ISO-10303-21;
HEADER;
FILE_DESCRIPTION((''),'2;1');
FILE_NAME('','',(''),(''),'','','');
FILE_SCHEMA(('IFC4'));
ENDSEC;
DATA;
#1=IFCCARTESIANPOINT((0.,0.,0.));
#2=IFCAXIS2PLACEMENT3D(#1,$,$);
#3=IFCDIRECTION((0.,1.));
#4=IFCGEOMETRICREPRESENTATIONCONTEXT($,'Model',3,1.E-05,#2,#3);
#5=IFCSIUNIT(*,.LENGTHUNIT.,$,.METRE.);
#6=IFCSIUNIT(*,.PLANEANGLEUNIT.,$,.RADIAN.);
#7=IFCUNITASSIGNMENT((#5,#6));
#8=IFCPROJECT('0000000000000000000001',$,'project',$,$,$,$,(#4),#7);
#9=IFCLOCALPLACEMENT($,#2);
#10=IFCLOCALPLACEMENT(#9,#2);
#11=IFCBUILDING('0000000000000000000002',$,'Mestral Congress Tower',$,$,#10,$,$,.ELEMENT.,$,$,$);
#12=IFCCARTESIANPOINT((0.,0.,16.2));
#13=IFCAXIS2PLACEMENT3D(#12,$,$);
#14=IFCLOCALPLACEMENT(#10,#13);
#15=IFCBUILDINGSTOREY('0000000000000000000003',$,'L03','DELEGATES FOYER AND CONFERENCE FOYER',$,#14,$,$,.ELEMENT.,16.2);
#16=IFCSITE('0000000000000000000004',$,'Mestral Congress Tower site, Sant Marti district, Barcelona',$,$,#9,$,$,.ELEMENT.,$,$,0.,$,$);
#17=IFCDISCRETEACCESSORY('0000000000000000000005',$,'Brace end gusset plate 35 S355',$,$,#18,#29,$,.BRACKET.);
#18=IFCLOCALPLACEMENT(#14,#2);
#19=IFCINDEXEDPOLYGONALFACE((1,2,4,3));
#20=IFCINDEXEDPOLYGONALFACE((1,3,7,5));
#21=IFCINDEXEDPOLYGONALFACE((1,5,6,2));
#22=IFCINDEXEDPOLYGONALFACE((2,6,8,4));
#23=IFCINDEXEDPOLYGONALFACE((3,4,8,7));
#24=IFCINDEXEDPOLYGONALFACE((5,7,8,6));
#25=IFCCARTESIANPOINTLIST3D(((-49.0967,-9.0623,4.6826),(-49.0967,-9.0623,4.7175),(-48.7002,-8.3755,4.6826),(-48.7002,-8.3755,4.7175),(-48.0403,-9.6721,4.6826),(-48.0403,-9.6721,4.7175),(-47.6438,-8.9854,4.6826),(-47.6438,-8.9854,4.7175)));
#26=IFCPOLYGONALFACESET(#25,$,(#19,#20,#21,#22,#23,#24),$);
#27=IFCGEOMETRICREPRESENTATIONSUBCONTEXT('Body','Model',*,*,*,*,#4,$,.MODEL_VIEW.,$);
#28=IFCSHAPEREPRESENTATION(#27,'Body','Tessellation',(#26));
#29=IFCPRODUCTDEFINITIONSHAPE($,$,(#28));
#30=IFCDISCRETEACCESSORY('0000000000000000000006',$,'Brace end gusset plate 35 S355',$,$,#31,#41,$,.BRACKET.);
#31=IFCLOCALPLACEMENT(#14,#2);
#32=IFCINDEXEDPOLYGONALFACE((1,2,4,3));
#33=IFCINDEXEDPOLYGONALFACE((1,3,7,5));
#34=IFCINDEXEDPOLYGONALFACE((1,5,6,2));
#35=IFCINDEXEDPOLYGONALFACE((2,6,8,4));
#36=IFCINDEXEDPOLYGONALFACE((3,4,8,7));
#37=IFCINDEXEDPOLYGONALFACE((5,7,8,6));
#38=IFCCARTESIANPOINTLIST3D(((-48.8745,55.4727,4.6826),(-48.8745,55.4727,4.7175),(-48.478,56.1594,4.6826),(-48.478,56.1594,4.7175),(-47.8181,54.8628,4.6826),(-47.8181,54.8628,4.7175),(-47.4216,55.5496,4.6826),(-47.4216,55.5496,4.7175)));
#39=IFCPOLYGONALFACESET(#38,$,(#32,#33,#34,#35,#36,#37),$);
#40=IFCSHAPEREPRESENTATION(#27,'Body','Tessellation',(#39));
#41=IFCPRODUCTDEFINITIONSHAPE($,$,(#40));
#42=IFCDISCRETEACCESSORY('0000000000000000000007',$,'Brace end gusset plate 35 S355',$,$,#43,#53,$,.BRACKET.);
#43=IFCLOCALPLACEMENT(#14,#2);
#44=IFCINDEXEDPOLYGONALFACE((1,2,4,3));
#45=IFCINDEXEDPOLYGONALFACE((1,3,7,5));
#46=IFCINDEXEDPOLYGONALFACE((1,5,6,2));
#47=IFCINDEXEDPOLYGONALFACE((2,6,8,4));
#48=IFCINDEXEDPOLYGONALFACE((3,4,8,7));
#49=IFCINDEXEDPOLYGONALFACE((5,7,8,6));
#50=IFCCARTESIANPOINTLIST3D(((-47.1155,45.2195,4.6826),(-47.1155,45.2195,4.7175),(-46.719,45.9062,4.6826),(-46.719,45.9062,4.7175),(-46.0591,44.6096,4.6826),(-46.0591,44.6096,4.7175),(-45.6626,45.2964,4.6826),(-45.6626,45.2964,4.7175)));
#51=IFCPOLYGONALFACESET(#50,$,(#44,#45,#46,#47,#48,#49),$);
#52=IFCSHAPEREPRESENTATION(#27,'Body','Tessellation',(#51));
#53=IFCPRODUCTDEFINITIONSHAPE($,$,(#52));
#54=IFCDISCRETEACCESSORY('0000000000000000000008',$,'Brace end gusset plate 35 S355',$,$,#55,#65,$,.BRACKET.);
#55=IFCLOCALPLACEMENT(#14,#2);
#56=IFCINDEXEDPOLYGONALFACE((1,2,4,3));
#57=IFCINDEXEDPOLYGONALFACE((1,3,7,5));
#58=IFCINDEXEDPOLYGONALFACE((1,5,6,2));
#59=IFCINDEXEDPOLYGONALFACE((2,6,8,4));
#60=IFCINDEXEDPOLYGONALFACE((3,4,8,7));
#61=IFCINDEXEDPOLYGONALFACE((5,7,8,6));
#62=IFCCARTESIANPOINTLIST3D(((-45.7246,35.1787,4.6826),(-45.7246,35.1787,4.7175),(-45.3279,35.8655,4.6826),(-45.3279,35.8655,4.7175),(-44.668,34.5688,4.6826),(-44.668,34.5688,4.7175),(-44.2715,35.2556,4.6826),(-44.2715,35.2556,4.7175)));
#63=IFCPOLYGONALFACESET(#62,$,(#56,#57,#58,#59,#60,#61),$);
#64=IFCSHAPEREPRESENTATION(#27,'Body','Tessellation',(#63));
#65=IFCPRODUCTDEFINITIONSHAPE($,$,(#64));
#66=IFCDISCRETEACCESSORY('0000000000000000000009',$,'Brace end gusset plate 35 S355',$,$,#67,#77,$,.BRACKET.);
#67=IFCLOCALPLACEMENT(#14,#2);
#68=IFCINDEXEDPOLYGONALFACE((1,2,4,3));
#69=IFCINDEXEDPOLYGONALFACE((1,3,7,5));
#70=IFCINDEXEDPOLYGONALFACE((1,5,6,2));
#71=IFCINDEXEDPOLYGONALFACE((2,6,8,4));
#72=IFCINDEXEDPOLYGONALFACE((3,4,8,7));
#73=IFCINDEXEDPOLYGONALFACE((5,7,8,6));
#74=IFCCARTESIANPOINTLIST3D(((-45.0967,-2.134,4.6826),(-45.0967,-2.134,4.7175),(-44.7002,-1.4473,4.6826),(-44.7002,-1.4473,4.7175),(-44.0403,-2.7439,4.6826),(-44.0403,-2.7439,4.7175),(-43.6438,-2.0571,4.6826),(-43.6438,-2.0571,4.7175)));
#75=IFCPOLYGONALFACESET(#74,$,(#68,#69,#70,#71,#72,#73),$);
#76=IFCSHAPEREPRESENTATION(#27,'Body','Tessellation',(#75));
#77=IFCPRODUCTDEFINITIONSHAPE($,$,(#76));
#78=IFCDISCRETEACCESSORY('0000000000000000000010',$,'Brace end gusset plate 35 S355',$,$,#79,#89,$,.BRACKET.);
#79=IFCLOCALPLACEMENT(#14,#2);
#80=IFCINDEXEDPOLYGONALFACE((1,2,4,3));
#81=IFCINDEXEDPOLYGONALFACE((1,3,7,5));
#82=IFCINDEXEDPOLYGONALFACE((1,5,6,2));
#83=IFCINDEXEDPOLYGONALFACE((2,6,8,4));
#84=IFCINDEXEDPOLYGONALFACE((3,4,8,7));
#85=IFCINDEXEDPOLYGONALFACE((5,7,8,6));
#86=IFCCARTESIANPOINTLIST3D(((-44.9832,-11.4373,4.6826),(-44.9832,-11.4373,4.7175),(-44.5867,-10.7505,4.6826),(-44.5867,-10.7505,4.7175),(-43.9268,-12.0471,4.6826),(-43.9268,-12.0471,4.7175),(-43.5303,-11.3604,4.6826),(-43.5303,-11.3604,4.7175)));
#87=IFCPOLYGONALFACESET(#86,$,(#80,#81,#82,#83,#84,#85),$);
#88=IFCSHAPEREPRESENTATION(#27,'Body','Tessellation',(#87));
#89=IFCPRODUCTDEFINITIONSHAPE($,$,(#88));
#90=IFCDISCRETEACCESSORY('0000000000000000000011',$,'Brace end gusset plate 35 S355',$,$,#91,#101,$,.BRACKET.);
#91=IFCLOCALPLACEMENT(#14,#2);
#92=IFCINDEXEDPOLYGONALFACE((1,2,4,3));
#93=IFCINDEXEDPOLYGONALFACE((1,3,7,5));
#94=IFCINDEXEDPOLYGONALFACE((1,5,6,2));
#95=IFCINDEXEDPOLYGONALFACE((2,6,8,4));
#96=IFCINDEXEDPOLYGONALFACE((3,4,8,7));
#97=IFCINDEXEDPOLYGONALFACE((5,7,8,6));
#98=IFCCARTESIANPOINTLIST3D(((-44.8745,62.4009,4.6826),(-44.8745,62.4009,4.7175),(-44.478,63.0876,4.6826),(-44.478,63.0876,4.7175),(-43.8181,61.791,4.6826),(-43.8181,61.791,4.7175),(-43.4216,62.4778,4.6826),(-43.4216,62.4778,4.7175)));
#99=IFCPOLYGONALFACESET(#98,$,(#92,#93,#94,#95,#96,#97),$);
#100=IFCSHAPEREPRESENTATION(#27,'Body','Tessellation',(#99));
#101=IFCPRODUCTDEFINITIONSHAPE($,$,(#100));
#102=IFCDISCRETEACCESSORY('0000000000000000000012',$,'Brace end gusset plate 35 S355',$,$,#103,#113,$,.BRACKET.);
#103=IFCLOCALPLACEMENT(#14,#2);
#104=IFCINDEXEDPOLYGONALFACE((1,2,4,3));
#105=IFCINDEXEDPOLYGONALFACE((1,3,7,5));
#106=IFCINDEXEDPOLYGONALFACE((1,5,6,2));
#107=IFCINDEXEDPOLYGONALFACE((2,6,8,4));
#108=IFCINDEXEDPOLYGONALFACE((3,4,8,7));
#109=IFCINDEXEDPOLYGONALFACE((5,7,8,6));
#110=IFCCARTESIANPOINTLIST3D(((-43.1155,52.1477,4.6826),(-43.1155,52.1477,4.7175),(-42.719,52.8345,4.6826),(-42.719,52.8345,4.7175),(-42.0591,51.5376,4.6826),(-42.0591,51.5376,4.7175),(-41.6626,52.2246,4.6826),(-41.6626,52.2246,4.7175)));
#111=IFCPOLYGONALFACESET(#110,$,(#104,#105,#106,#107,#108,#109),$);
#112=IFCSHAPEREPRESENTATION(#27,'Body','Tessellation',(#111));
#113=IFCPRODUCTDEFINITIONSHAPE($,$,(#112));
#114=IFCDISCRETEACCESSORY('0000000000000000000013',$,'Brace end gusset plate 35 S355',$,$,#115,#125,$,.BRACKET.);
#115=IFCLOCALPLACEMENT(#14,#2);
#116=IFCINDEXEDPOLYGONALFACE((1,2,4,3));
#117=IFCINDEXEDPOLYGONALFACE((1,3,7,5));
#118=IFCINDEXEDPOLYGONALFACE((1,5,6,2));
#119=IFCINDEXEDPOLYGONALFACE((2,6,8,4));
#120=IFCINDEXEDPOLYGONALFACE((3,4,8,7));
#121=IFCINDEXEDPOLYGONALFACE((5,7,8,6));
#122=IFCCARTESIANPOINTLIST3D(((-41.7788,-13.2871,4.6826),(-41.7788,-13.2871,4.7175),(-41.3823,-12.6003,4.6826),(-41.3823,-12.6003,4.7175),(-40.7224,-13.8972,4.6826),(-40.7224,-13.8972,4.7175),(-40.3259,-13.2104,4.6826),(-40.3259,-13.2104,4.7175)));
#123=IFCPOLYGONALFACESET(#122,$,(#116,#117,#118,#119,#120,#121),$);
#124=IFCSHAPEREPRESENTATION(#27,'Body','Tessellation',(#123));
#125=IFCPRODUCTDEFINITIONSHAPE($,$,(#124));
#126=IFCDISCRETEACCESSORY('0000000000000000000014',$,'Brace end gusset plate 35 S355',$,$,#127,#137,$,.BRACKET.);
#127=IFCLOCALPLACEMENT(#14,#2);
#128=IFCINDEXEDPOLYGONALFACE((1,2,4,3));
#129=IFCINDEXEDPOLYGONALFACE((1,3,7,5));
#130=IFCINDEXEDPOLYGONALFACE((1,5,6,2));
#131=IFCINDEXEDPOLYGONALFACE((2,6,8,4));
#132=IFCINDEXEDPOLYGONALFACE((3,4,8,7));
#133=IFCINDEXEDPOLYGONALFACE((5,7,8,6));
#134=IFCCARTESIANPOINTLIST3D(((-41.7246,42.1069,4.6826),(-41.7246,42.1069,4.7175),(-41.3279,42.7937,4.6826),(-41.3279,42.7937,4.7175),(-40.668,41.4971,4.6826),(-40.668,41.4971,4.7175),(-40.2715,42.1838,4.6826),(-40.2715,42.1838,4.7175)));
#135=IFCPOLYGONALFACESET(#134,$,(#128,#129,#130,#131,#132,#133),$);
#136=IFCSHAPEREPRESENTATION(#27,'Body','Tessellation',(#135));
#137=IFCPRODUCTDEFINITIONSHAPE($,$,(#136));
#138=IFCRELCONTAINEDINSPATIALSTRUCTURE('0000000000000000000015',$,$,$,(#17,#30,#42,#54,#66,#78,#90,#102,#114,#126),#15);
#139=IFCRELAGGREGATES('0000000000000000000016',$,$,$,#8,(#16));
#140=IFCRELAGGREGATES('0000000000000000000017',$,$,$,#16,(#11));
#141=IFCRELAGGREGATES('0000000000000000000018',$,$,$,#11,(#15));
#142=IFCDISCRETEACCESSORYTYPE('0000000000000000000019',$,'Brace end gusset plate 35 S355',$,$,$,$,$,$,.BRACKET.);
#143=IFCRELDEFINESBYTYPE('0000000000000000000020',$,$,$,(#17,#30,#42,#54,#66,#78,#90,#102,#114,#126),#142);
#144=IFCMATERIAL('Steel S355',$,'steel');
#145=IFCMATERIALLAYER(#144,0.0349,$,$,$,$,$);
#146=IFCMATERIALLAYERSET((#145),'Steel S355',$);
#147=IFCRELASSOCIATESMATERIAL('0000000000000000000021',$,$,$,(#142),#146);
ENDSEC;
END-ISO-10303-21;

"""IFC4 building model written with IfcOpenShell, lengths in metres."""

from ifc_helpers import new_model, si_unit, direction, frame, origin, place, context, subcontext, project, spatial, polyline, outline, extrude, material, layer, layer_set, type_object, element, save


model = new_model("IFC4")

# Units and contexts
model_context = context("Model", 3, precision=1e-05, world=origin(), true_north=direction((0.0, 1.0)))
body_context = subcontext(model_context, "Body", "Model", "MODEL_VIEW")
ifc_project = project(units=[si_unit("LENGTHUNIT", "METRE"), si_unit("PLANEANGLEUNIT", "RADIAN")], contexts=[model_context])

# Site, building, storey
site_placement = place(None, origin())
site = spatial("IfcSite", under=ifc_project, at=site_placement, Name="Mestral Congress Tower site, Sant Marti district, Barcelona", CompositionType="ELEMENT", RefElevation=0.0)
building_placement = place(site_placement, origin())
building = spatial("IfcBuilding", under=site, at=building_placement, Name="Mestral Congress Tower", CompositionType="ELEMENT")
storey_placement = place(building_placement, frame((0.0, 0.0, 16.2)))
storey = spatial("IfcBuildingStorey", under=building, at=storey_placement, Name="L03", Description="DELEGATES FOYER AND CONFERENCE FOYER", CompositionType="ELEMENT", Elevation=16.2)

# Discrete accessories
ifc_material = material(Name="Steel S355", Category="steel")
ifc_layer_1 = layer(ifc_material, 0.0349)
ifc_layer_set_1 = layer_set([ifc_layer_1], Name="Steel S355")
discrete_accessory_type_1 = type_object("IfcDiscreteAccessoryType", Name="Brace end gusset plate 35 S355", PredefinedType="BRACKET", material=ifc_layer_set_1)
placement_1 = place(storey_placement, frame((0.0, 0.0, 4.6826)))
element("IfcDiscreteAccessory", 1, at=placement_1, inside=storey, type_object=discrete_accessory_type_1, Name="Brace end gusset plate 35 S355", PredefinedType="BRACKET", context=body_context, shape_type="SweptSolid", body=[
    extrude(outline(polyline([(-49.0967, -9.0623), (-48.0403, -9.6721), (-47.6438, -8.9854), (-48.7002, -8.3755), (-49.0967, -9.0623)])), origin(), (0.0, 0.0, 1.0), 0.0349),
])
element("IfcDiscreteAccessory", 2, at=placement_1, inside=storey, type_object=discrete_accessory_type_1, Name="Brace end gusset plate 35 S355", PredefinedType="BRACKET", context=body_context, shape_type="SweptSolid", body=[
    extrude(outline(polyline([(-48.8745, 55.4727), (-47.8181, 54.8628), (-47.4216, 55.5496), (-48.478, 56.1594), (-48.8745, 55.4727)])), origin(), (0.0, 0.0, 1.0), 0.0349),
])
element("IfcDiscreteAccessory", 3, at=placement_1, inside=storey, type_object=discrete_accessory_type_1, Name="Brace end gusset plate 35 S355", PredefinedType="BRACKET", context=body_context, shape_type="SweptSolid", body=[
    extrude(outline(polyline([(-47.1155, 45.2195), (-46.0591, 44.6096), (-45.6626, 45.2964), (-46.719, 45.9062), (-47.1155, 45.2195)])), origin(), (0.0, 0.0, 1.0), 0.0349),
])
element("IfcDiscreteAccessory", 4, at=placement_1, inside=storey, type_object=discrete_accessory_type_1, Name="Brace end gusset plate 35 S355", PredefinedType="BRACKET", context=body_context, shape_type="SweptSolid", body=[
    extrude(outline(polyline([(-45.7246, 35.1787), (-44.668, 34.5688), (-44.2715, 35.2556), (-45.3279, 35.8655), (-45.7246, 35.1787)])), origin(), (0.0, 0.0, 1.0), 0.0349),
])
element("IfcDiscreteAccessory", 5, at=placement_1, inside=storey, type_object=discrete_accessory_type_1, Name="Brace end gusset plate 35 S355", PredefinedType="BRACKET", context=body_context, shape_type="SweptSolid", body=[
    extrude(outline(polyline([(-45.0967, -2.134), (-44.0403, -2.7439), (-43.6438, -2.0571), (-44.7002, -1.4473), (-45.0967, -2.134)])), origin(), (0.0, 0.0, 1.0), 0.0349),
])
element("IfcDiscreteAccessory", 6, at=placement_1, inside=storey, type_object=discrete_accessory_type_1, Name="Brace end gusset plate 35 S355", PredefinedType="BRACKET", context=body_context, shape_type="SweptSolid", body=[
    extrude(outline(polyline([(-44.9832, -11.4373), (-43.9268, -12.0471), (-43.5303, -11.3604), (-44.5867, -10.7505), (-44.9832, -11.4373)])), origin(), (0.0, 0.0, 1.0), 0.0349),
])
element("IfcDiscreteAccessory", 7, at=placement_1, inside=storey, type_object=discrete_accessory_type_1, Name="Brace end gusset plate 35 S355", PredefinedType="BRACKET", context=body_context, shape_type="SweptSolid", body=[
    extrude(outline(polyline([(-44.8745, 62.4009), (-43.8181, 61.791), (-43.4216, 62.4778), (-44.478, 63.0876), (-44.8745, 62.4009)])), origin(), (0.0, 0.0, 1.0), 0.0349),
])
element("IfcDiscreteAccessory", 8, at=placement_1, inside=storey, type_object=discrete_accessory_type_1, Name="Brace end gusset plate 35 S355", PredefinedType="BRACKET", context=body_context, shape_type="SweptSolid", body=[
    extrude(outline(polyline([(-43.1155, 52.1477), (-42.0591, 51.5376), (-41.6626, 52.2246), (-42.719, 52.8345), (-43.1155, 52.1477)])), origin(), (0.0, 0.0, 1.0), 0.0349),
])
element("IfcDiscreteAccessory", 9, at=placement_1, inside=storey, type_object=discrete_accessory_type_1, Name="Brace end gusset plate 35 S355", PredefinedType="BRACKET", context=body_context, shape_type="SweptSolid", body=[
    extrude(outline(polyline([(-41.7788, -13.2871), (-40.7224, -13.8972), (-40.3259, -13.2104), (-41.3823, -12.6003), (-41.7788, -13.2871)])), origin(), (0.0, 0.0, 1.0), 0.0349),
])
element("IfcDiscreteAccessory", 10, at=placement_1, inside=storey, type_object=discrete_accessory_type_1, Name="Brace end gusset plate 35 S355", PredefinedType="BRACKET", context=body_context, shape_type="SweptSolid", body=[
    extrude(outline(polyline([(-41.7246, 42.1069), (-40.668, 41.4971), (-40.2715, 42.1838), (-41.3279, 42.7937), (-41.7246, 42.1069)])), origin(), (0.0, 0.0, 1.0), 0.0349),
])

save(model, "model.ifc")
